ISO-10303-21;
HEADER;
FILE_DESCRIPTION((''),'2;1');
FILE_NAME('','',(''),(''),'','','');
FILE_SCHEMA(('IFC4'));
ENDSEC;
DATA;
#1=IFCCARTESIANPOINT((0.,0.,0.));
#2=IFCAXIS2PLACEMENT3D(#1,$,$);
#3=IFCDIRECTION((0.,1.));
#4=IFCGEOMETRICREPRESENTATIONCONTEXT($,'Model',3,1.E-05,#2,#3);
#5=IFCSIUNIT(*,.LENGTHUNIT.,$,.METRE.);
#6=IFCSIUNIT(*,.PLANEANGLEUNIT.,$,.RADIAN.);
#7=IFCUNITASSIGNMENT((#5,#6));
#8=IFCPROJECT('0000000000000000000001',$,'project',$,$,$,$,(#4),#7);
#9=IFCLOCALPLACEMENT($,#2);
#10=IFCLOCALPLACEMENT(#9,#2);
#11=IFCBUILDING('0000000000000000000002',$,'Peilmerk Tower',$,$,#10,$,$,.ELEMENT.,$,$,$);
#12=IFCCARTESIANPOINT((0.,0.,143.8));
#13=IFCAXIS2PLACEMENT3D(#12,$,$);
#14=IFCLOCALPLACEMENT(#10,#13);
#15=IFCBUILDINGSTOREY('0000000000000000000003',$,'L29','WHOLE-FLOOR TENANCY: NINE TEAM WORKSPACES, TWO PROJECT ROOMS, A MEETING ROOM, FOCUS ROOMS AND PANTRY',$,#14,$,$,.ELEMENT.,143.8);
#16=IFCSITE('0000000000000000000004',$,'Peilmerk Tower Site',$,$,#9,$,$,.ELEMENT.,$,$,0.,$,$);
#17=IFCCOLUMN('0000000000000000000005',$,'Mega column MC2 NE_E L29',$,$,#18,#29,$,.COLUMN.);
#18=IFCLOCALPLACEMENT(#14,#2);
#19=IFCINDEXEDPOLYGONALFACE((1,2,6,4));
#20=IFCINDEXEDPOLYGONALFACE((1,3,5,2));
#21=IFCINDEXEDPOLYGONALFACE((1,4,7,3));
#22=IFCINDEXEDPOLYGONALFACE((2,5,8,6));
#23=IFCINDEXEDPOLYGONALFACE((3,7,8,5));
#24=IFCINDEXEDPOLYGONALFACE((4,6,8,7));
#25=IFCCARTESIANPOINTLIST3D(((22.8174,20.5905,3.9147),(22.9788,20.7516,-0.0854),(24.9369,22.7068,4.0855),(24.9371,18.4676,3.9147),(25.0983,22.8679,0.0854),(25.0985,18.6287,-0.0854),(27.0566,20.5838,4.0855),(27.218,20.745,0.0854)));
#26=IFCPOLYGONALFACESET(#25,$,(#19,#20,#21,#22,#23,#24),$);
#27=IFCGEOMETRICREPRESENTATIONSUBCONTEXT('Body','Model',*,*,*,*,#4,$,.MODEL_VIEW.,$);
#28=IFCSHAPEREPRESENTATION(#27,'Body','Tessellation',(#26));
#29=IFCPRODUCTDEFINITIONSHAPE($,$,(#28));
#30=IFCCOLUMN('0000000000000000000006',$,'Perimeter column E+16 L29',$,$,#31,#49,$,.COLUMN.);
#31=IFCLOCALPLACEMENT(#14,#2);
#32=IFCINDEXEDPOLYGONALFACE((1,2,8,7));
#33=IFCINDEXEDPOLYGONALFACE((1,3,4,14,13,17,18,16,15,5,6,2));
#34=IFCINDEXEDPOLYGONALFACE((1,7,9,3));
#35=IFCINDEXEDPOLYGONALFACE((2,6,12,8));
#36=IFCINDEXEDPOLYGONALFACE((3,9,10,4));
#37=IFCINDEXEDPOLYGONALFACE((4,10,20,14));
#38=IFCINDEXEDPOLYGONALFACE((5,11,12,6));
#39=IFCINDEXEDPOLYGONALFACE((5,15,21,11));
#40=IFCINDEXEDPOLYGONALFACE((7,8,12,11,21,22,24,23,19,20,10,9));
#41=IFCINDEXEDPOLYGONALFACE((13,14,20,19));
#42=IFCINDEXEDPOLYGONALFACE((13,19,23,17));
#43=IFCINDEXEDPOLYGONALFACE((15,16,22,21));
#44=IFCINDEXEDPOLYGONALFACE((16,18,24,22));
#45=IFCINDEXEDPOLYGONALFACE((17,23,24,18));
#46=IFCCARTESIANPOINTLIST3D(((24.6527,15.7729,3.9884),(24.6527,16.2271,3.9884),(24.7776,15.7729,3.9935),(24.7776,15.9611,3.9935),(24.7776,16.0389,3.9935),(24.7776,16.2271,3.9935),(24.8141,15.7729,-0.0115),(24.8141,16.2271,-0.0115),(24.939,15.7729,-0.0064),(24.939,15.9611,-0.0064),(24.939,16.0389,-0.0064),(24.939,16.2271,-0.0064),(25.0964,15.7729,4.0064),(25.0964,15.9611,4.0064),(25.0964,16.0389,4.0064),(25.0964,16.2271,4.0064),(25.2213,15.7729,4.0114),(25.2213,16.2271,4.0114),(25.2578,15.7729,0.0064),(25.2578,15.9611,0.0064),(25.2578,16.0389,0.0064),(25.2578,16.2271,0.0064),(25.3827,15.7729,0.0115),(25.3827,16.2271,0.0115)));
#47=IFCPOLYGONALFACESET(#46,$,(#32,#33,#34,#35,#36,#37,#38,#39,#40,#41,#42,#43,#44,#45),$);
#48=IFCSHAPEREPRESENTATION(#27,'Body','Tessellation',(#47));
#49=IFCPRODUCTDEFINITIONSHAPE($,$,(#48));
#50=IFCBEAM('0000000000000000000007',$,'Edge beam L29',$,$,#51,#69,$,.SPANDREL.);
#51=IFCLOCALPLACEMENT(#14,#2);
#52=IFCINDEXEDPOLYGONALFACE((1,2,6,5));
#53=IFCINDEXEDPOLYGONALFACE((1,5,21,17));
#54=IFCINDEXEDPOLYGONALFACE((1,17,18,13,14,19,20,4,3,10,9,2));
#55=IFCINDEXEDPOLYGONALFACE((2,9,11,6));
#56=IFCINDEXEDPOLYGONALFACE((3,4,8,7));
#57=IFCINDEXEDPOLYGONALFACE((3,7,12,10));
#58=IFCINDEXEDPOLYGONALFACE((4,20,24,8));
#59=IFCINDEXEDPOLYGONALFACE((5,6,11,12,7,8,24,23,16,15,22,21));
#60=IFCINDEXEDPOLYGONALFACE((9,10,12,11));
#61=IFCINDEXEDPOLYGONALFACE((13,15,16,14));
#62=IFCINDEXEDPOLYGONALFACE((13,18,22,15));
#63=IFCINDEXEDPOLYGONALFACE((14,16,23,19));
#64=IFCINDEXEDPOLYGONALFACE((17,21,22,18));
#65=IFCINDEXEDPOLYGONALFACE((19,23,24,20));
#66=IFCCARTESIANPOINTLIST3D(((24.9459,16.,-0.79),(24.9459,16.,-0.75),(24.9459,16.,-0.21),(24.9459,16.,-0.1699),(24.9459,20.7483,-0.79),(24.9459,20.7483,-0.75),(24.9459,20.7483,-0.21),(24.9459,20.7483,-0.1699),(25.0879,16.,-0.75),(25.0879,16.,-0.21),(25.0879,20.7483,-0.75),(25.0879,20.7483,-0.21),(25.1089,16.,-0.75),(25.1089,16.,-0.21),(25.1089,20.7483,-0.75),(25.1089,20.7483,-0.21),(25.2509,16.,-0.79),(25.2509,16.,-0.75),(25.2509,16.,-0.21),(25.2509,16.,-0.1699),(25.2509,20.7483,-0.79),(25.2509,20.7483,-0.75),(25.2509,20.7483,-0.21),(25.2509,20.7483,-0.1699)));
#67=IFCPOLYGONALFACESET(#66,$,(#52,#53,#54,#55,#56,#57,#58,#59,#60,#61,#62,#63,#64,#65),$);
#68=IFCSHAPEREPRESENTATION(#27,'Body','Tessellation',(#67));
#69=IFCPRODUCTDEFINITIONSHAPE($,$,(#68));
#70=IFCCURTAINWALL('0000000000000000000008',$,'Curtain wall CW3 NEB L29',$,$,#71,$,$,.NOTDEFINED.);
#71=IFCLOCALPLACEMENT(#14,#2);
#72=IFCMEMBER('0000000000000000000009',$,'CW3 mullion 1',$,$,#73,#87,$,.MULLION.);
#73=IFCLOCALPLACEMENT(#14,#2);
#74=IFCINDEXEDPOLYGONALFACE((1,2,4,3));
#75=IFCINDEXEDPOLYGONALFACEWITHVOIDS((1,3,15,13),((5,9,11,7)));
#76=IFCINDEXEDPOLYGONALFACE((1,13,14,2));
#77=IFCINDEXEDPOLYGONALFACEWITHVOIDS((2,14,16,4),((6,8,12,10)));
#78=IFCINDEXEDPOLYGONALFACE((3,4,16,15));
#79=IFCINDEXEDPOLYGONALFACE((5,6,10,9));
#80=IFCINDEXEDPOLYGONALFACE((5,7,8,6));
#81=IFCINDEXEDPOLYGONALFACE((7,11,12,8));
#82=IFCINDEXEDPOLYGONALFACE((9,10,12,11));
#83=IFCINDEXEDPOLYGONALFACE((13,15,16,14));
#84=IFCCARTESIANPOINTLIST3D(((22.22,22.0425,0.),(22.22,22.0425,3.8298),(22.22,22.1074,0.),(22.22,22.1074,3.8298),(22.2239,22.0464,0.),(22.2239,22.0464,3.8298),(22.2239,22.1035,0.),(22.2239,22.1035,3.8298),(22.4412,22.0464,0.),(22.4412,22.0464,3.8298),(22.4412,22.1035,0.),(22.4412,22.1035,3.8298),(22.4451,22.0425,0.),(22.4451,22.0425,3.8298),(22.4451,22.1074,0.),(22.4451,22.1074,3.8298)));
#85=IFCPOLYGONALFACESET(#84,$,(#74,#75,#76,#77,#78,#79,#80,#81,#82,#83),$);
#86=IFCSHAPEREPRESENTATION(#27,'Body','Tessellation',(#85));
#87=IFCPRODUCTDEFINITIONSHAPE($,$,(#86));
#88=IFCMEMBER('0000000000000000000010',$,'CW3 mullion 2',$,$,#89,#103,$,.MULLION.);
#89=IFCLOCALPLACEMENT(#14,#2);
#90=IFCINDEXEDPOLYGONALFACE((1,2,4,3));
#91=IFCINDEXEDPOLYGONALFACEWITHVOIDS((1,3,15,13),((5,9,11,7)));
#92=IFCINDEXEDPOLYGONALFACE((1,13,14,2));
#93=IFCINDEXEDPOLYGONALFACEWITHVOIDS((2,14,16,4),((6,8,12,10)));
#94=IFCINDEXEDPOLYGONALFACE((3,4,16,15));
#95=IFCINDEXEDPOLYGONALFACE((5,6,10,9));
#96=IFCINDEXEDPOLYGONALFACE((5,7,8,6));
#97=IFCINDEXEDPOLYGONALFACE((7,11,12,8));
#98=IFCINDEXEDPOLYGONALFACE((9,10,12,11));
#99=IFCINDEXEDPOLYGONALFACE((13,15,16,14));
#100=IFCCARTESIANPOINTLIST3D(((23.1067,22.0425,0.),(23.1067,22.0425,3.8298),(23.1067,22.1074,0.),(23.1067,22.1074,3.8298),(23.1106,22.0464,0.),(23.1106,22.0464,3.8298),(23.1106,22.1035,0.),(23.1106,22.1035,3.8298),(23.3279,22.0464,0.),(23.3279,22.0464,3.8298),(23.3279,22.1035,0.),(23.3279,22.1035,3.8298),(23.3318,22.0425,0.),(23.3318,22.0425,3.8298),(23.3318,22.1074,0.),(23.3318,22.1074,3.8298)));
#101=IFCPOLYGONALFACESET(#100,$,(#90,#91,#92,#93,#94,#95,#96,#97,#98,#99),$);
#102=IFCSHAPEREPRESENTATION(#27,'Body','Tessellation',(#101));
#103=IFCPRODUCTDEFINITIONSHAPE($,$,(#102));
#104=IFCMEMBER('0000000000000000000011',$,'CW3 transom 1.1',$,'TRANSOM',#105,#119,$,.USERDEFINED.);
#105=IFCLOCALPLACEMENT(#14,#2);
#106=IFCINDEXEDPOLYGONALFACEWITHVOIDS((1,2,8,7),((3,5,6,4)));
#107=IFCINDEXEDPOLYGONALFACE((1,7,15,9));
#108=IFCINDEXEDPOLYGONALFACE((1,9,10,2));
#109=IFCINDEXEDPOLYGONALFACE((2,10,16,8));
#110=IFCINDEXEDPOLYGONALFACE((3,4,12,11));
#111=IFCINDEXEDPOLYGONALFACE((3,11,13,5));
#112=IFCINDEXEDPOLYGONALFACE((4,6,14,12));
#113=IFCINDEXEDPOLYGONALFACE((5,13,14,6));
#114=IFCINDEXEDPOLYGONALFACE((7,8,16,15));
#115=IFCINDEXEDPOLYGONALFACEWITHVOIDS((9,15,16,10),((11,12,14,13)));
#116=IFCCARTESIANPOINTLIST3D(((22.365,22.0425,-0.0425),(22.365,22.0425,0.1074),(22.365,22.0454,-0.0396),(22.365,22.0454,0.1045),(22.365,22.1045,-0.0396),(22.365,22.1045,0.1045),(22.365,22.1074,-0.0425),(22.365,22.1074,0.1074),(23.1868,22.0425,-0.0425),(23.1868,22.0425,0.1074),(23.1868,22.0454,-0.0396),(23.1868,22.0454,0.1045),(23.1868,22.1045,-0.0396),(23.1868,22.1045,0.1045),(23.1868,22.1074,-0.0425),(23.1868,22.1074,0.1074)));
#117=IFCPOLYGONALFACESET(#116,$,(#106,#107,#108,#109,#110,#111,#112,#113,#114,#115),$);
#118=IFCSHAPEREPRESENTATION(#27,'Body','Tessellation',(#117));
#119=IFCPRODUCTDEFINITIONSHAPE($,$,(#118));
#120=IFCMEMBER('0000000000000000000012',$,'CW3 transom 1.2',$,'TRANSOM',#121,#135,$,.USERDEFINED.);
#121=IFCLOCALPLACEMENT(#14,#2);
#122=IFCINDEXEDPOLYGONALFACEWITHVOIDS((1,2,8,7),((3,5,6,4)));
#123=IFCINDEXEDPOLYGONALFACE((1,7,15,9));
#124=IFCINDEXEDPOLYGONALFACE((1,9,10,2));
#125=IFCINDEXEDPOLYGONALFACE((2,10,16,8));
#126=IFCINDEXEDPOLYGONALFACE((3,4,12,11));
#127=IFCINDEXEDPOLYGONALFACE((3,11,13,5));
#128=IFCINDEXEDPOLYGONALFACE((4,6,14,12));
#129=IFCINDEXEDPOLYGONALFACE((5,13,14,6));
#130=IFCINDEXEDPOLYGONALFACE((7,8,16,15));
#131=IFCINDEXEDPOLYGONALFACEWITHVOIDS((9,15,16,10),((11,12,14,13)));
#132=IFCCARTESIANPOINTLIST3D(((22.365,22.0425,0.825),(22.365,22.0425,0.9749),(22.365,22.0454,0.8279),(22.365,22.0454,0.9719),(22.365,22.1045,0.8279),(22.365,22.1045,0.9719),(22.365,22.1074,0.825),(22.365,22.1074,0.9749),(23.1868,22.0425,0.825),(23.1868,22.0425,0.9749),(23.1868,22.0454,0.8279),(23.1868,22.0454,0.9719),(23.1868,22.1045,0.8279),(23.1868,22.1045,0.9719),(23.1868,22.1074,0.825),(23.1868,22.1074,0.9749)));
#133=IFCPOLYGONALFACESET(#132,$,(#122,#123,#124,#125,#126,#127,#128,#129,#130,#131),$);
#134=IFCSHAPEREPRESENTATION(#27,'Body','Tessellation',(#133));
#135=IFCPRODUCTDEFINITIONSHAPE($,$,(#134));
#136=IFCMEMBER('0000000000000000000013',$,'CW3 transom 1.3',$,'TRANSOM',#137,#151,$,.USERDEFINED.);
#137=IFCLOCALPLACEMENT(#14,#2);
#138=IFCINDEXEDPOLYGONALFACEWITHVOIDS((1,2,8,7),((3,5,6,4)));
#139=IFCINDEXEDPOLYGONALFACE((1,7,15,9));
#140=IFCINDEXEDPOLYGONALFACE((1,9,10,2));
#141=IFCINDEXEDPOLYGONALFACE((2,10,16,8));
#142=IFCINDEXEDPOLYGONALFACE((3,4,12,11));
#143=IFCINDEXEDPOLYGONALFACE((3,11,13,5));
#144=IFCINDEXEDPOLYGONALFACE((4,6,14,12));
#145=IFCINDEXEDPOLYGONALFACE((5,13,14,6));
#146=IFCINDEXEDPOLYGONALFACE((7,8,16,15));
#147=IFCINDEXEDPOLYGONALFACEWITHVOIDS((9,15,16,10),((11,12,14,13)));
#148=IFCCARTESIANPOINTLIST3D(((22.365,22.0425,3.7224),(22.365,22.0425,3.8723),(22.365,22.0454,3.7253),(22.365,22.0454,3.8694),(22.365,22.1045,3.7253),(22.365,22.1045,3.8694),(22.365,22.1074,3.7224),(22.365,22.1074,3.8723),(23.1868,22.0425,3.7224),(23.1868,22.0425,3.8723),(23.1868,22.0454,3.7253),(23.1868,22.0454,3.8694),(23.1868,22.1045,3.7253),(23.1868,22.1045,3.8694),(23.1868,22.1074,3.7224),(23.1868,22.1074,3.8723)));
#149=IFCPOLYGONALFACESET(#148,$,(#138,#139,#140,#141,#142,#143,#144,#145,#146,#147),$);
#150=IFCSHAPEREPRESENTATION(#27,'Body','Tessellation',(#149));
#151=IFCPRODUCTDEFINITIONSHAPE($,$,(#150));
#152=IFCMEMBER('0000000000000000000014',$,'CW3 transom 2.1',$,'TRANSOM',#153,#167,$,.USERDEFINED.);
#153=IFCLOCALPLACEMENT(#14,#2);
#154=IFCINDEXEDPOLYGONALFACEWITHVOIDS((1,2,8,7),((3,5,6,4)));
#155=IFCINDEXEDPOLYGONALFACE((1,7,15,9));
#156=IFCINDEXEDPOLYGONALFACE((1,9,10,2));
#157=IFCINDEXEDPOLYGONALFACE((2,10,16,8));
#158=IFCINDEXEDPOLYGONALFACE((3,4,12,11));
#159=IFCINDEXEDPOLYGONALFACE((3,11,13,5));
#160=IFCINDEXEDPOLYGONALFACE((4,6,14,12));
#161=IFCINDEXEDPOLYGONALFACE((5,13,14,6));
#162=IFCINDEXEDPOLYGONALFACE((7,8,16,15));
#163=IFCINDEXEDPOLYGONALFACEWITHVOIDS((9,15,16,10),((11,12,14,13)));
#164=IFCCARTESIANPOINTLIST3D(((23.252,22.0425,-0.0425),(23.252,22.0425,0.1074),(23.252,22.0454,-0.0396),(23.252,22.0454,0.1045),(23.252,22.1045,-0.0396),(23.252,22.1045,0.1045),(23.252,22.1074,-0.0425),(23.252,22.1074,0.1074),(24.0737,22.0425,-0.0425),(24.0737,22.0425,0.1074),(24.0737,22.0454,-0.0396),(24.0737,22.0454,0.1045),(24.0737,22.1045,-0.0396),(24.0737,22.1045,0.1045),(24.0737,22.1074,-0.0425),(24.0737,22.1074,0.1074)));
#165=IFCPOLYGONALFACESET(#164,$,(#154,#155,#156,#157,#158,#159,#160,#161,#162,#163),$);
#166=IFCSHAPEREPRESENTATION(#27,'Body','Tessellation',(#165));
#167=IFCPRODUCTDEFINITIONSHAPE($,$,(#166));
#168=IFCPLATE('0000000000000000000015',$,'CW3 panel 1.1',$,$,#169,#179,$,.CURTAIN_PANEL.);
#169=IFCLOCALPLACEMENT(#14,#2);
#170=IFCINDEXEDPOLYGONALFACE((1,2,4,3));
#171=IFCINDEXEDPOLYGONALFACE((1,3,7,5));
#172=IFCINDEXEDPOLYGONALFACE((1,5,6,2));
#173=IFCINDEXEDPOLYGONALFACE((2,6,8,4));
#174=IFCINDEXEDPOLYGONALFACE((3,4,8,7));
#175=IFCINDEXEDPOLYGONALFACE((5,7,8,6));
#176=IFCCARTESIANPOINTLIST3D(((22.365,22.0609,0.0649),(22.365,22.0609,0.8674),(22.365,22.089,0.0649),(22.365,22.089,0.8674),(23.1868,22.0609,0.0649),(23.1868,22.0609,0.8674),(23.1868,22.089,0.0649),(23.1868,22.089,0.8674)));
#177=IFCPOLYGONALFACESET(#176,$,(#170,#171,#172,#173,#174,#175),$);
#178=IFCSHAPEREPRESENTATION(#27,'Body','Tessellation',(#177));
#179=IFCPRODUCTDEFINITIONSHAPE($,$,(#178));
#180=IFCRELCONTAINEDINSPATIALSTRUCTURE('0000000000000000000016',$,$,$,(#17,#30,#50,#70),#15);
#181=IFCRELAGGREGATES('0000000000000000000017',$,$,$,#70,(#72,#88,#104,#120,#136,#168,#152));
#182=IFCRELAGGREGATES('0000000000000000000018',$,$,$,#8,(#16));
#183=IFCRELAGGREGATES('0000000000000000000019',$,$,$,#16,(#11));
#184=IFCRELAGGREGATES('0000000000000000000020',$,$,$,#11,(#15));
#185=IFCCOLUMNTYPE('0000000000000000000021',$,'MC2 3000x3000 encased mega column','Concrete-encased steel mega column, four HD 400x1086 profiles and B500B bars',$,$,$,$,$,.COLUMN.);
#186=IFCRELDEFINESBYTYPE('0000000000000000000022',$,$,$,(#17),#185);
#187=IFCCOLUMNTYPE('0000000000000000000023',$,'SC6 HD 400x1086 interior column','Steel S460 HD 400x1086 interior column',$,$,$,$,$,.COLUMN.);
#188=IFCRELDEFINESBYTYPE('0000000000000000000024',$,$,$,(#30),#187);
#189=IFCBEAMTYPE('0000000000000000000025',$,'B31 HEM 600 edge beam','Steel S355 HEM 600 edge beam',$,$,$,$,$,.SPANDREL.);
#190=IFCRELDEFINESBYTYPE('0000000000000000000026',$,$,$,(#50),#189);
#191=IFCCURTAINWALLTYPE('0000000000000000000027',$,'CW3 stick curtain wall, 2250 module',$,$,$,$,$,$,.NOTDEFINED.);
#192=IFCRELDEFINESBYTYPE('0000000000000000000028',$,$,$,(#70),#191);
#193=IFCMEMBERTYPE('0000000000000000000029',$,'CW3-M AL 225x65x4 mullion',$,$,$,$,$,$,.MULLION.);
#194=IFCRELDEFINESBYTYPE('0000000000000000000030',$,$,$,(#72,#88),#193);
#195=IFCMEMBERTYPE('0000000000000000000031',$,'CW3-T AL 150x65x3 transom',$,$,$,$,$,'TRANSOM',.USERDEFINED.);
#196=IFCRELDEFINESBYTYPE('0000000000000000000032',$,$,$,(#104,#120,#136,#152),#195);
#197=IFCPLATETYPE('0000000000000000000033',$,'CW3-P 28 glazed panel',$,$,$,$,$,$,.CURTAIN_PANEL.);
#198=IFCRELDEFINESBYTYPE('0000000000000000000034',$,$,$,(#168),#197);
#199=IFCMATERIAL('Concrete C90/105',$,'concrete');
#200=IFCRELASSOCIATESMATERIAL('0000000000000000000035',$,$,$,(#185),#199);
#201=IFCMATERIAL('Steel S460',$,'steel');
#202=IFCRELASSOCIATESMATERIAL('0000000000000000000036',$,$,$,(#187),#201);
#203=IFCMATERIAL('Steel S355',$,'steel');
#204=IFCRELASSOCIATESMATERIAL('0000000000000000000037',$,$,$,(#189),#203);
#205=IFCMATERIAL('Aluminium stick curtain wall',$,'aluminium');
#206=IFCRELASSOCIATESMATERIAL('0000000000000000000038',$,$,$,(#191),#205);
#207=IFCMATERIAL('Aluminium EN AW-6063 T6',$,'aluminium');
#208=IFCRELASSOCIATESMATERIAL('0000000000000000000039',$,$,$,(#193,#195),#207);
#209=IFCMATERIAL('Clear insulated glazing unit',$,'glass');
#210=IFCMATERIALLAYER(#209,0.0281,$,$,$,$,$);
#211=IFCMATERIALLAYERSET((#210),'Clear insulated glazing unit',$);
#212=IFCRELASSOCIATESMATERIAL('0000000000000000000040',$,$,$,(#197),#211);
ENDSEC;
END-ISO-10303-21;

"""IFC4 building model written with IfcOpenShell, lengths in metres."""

from ifc_helpers import new_model, si_unit, direction, frame, origin, origin_2d, place, context, subcontext, project, spatial, rectangle, hollow_rectangle, i_section, extrude, material, layer, layer_set, material_profile, profile_set, type_object, element, aggregate, save


model = new_model("IFC4")

# Units and contexts
model_context = context("Model", 3, precision=1e-05, world=origin(), true_north=direction((0.0, 1.0)))
body_context = subcontext(model_context, "Body", "Model", "MODEL_VIEW")
ifc_project = project(units=[si_unit("LENGTHUNIT", "METRE"), si_unit("PLANEANGLEUNIT", "RADIAN")], contexts=[model_context])

# Site, building, storey
site_placement = place(None, origin())
site = spatial("IfcSite", under=ifc_project, at=site_placement, Name="Peilmerk Tower Site", CompositionType="ELEMENT", RefElevation=0.0)
building_placement = place(site_placement, origin())
building = spatial("IfcBuilding", under=site, at=building_placement, Name="Peilmerk Tower", CompositionType="ELEMENT")
storey_placement = place(building_placement, frame((0.0, 0.0, 143.8)))
storey = spatial("IfcBuildingStorey", under=building, at=storey_placement, Name="L29", Description="WHOLE-FLOOR TENANCY: NINE TEAM WORKSPACES, TWO PROJECT ROOMS, A MEETING ROOM, FOCUS ROOMS AND PANTRY", CompositionType="ELEMENT", Elevation=143.8)

# Columns
ifc_material_1 = material(Name="Concrete C90/105", Category="concrete")
ifc_material_profile_1 = material_profile(ifc_material_1, rectangle(XDim=3.0, YDim=3.0, at=origin_2d()), Name="RC 3000x3000")
ifc_profile_set_1 = profile_set([ifc_material_profile_1], Name="Concrete C90/105")
column_type_1 = type_object("IfcColumnType", Name="MC2 3000x3000 encased mega column", Description="Concrete-encased steel mega column, four HD 400x1086 profiles and B500B bars", PredefinedType="COLUMN", material=ifc_profile_set_1)
column_1_placement = place(storey_placement, frame((25.0984, 20.7483, 0.0), z_axis=(-0.040279, -0.040218, 0.998379), x_axis=(0.706571, -0.707642, 0.0)))
element("IfcColumn", 1, at=column_1_placement, inside=storey, type_object=column_type_1, Name="Mega column MC2 NE_E L29", PredefinedType="COLUMN", context=body_context, shape_type="SweptSolid", body=[
    extrude(rectangle(XDim=3.0, YDim=3.0, at=origin_2d()), origin(), (0.0, 0.0, 1.0), 4.0066),
])
ifc_material_2 = material(Name="Steel S460", Category="steel")
ifc_material_profile_2 = material_profile(ifc_material_2, i_section(OverallWidth=0.4541, OverallDepth=0.5691, WebThickness=0.0779, FlangeThickness=0.125, at=origin_2d()), Name="HD 400x1086")
ifc_profile_set_2 = profile_set([ifc_material_profile_2], Name="Steel S460")
column_type_2 = type_object("IfcColumnType", Name="SC6 HD 400x1086 interior column", Description="Steel S460 HD 400x1086 interior column", PredefinedType="COLUMN", material=ifc_profile_set_2)
column_2_placement = place(storey_placement, frame((25.0984, 16.0, 0.0), z_axis=(-0.040311, 0.0, 0.999187), x_axis=(0.0, -1.0, 0.0)))
element("IfcColumn", 2, at=column_2_placement, inside=storey, type_object=column_type_2, Name="Perimeter column E+16 L29", PredefinedType="COLUMN", context=body_context, shape_type="SweptSolid", body=[
    extrude(i_section(OverallWidth=0.4541, OverallDepth=0.5691, WebThickness=0.0779, FlangeThickness=0.125, at=origin_2d()), origin(), (0.0, 0.0, 1.0), 4.0032),
])

# Beam
ifc_material_3 = material(Name="Steel S355", Category="steel")
ifc_material_profile_3 = material_profile(ifc_material_3, i_section(OverallWidth=0.3049, OverallDepth=0.6201, WebThickness=0.021, FlangeThickness=0.04, at=origin_2d()), Name="HEM 600")
ifc_profile_set_3 = profile_set([ifc_material_profile_3], Name="Steel S355")
beam_type = type_object("IfcBeamType", Name="B31 HEM 600 edge beam", Description="Steel S355 HEM 600 edge beam", PredefinedType="SPANDREL", material=ifc_profile_set_3)
beam_placement = place(storey_placement, frame((25.0984, 16.0, -0.48), z_axis=(0.0, 1.0, 0.0), x_axis=(-1.0, 0.0, 0.0)))
element("IfcBeam", 3, at=beam_placement, inside=storey, type_object=beam_type, Name="Edge beam L29", PredefinedType="SPANDREL", context=body_context, shape_type="SweptSolid", body=[
    extrude(i_section(OverallWidth=0.3049, OverallDepth=0.6201, WebThickness=0.021, FlangeThickness=0.04, at=origin_2d()), origin(), (0.0, 0.0, 1.0), 4.7483),
])

# Curtain wall, members, plate
ifc_material_4 = material(Name="Aluminium stick curtain wall", Category="aluminium")
curtain_wall_type = type_object("IfcCurtainWallType", Name="CW3 stick curtain wall, 2250 module", PredefinedType="NOTDEFINED", material=ifc_material_4)
curtain_wall_placement = place(storey_placement, origin())
curtain_wall = element("IfcCurtainWall", 4, at=curtain_wall_placement, inside=storey, type_object=curtain_wall_type, Name="Curtain wall CW3 NEB L29", PredefinedType="NOTDEFINED")
ifc_material_5 = material(Name="Aluminium EN AW-6063 T6", Category="aluminium")
ifc_material_profile_4 = material_profile(ifc_material_5, hollow_rectangle(XDim=0.0649, YDim=0.2251, WallThickness=0.0039, at=origin_2d()), Name="AL 225x65x4")
ifc_profile_set_4 = profile_set([ifc_material_profile_4], Name="Aluminium EN AW-6063 T6")
member_type_1 = type_object("IfcMemberType", Name="CW3-M AL 225x65x4 mullion", PredefinedType="MULLION", material=ifc_profile_set_4)
member_1_placement = place(storey_placement, frame((22.3325, 22.075, 0.0), z_axis=(0.0, 0.0, 1.0), x_axis=(0.0, 1.0, 0.0)))
member_1 = element("IfcMember", 5, at=member_1_placement, type_object=member_type_1, Name="CW3 mullion 1", PredefinedType="MULLION", context=body_context, shape_type="SweptSolid", body=[
    extrude(hollow_rectangle(XDim=0.0649, YDim=0.2251, WallThickness=0.0039, at=origin_2d()), origin(), (0.0, 0.0, 1.0), 3.8298),
])
member_2_placement = place(storey_placement, frame((23.2192, 22.075, 0.0), z_axis=(0.0, 0.0, 1.0), x_axis=(0.0, 1.0, 0.0)))
member_2 = element("IfcMember", 6, at=member_2_placement, type_object=member_type_1, Name="CW3 mullion 2", PredefinedType="MULLION", context=body_context, shape_type="SweptSolid", body=[
    extrude(hollow_rectangle(XDim=0.0649, YDim=0.2251, WallThickness=0.0039, at=origin_2d()), origin(), (0.0, 0.0, 1.0), 3.8298),
])
ifc_material_profile_5 = material_profile(ifc_material_5, hollow_rectangle(XDim=0.0649, YDim=0.1499, WallThickness=0.0029, at=origin_2d()), Name="AL 150x65x3")
ifc_profile_set_5 = profile_set([ifc_material_profile_5], Name="Aluminium EN AW-6063 T6")
member_type_2 = type_object("IfcMemberType", Name="CW3-T AL 150x65x3 transom", ElementType="TRANSOM", PredefinedType="USERDEFINED", material=ifc_profile_set_5)
member_3_placement = place(storey_placement, frame((22.365, 22.075, 0.0325), z_axis=(1.0, 0.0, 0.0), x_axis=(0.0, 1.0, 0.0)))
member_3 = element("IfcMember", 7, at=member_3_placement, type_object=member_type_2, Name="CW3 transom 1.1", ObjectType="TRANSOM", PredefinedType="USERDEFINED", context=body_context, shape_type="SweptSolid", body=[
    extrude(hollow_rectangle(XDim=0.0649, YDim=0.1499, WallThickness=0.0029, at=origin_2d()), origin(), (0.0, 0.0, 1.0), 0.8218),
])
member_4_placement = place(storey_placement, frame((22.365, 22.075, 0.8999), z_axis=(1.0, 0.0, 0.0), x_axis=(0.0, 1.0, 0.0)))
member_4 = element("IfcMember", 8, at=member_4_placement, type_object=member_type_2, Name="CW3 transom 1.2", ObjectType="TRANSOM", PredefinedType="USERDEFINED", context=body_context, shape_type="SweptSolid", body=[
    extrude(hollow_rectangle(XDim=0.0649, YDim=0.1499, WallThickness=0.0029, at=origin_2d()), origin(), (0.0, 0.0, 1.0), 0.8218),
])
member_5_placement = place(storey_placement, frame((22.365, 22.075, 3.7974), z_axis=(1.0, 0.0, 0.0), x_axis=(0.0, 1.0, 0.0)))
member_5 = element("IfcMember", 9, at=member_5_placement, type_object=member_type_2, Name="CW3 transom 1.3", ObjectType="TRANSOM", PredefinedType="USERDEFINED", context=body_context, shape_type="SweptSolid", body=[
    extrude(hollow_rectangle(XDim=0.0649, YDim=0.1499, WallThickness=0.0029, at=origin_2d()), origin(), (0.0, 0.0, 1.0), 0.8218),
])
member_6_placement = place(storey_placement, frame((23.252, 22.075, 0.0325), z_axis=(1.0, 0.0, 0.0), x_axis=(0.0, 1.0, 0.0)))
member_6 = element("IfcMember", 10, at=member_6_placement, type_object=member_type_2, Name="CW3 transom 2.1", ObjectType="TRANSOM", PredefinedType="USERDEFINED", context=body_context, shape_type="SweptSolid", body=[
    extrude(hollow_rectangle(XDim=0.0649, YDim=0.1499, WallThickness=0.0029, at=origin_2d()), origin(), (0.0, 0.0, 1.0), 0.8218),
])
ifc_material_6 = material(Name="Clear insulated glazing unit", Category="glass")
ifc_layer = layer(ifc_material_6, 0.0281)
ifc_layer_set = layer_set([ifc_layer], Name="Clear insulated glazing unit")
plate_type = type_object("IfcPlateType", Name="CW3-P 28 glazed panel", PredefinedType="CURTAIN_PANEL", material=ifc_layer_set)
plate_1_placement = place(storey_placement, frame((22.7759, 22.075, 0.0649), z_axis=(0.0, 0.0, 1.0), x_axis=(1.0, 0.0, 0.0)))
plate_1 = element("IfcPlate", 11, at=plate_1_placement, type_object=plate_type, Name="CW3 panel 1.1", PredefinedType="CURTAIN_PANEL", context=body_context, shape_type="SweptSolid", body=[
    extrude(rectangle(XDim=0.8218, YDim=0.0281, at=origin_2d()), origin(), (0.0, 0.0, 1.0), 0.8025),
])
aggregate(curtain_wall, [member_1, member_2, member_3, member_4, member_5, plate_1, member_6])

save(model, "model.ifc")
